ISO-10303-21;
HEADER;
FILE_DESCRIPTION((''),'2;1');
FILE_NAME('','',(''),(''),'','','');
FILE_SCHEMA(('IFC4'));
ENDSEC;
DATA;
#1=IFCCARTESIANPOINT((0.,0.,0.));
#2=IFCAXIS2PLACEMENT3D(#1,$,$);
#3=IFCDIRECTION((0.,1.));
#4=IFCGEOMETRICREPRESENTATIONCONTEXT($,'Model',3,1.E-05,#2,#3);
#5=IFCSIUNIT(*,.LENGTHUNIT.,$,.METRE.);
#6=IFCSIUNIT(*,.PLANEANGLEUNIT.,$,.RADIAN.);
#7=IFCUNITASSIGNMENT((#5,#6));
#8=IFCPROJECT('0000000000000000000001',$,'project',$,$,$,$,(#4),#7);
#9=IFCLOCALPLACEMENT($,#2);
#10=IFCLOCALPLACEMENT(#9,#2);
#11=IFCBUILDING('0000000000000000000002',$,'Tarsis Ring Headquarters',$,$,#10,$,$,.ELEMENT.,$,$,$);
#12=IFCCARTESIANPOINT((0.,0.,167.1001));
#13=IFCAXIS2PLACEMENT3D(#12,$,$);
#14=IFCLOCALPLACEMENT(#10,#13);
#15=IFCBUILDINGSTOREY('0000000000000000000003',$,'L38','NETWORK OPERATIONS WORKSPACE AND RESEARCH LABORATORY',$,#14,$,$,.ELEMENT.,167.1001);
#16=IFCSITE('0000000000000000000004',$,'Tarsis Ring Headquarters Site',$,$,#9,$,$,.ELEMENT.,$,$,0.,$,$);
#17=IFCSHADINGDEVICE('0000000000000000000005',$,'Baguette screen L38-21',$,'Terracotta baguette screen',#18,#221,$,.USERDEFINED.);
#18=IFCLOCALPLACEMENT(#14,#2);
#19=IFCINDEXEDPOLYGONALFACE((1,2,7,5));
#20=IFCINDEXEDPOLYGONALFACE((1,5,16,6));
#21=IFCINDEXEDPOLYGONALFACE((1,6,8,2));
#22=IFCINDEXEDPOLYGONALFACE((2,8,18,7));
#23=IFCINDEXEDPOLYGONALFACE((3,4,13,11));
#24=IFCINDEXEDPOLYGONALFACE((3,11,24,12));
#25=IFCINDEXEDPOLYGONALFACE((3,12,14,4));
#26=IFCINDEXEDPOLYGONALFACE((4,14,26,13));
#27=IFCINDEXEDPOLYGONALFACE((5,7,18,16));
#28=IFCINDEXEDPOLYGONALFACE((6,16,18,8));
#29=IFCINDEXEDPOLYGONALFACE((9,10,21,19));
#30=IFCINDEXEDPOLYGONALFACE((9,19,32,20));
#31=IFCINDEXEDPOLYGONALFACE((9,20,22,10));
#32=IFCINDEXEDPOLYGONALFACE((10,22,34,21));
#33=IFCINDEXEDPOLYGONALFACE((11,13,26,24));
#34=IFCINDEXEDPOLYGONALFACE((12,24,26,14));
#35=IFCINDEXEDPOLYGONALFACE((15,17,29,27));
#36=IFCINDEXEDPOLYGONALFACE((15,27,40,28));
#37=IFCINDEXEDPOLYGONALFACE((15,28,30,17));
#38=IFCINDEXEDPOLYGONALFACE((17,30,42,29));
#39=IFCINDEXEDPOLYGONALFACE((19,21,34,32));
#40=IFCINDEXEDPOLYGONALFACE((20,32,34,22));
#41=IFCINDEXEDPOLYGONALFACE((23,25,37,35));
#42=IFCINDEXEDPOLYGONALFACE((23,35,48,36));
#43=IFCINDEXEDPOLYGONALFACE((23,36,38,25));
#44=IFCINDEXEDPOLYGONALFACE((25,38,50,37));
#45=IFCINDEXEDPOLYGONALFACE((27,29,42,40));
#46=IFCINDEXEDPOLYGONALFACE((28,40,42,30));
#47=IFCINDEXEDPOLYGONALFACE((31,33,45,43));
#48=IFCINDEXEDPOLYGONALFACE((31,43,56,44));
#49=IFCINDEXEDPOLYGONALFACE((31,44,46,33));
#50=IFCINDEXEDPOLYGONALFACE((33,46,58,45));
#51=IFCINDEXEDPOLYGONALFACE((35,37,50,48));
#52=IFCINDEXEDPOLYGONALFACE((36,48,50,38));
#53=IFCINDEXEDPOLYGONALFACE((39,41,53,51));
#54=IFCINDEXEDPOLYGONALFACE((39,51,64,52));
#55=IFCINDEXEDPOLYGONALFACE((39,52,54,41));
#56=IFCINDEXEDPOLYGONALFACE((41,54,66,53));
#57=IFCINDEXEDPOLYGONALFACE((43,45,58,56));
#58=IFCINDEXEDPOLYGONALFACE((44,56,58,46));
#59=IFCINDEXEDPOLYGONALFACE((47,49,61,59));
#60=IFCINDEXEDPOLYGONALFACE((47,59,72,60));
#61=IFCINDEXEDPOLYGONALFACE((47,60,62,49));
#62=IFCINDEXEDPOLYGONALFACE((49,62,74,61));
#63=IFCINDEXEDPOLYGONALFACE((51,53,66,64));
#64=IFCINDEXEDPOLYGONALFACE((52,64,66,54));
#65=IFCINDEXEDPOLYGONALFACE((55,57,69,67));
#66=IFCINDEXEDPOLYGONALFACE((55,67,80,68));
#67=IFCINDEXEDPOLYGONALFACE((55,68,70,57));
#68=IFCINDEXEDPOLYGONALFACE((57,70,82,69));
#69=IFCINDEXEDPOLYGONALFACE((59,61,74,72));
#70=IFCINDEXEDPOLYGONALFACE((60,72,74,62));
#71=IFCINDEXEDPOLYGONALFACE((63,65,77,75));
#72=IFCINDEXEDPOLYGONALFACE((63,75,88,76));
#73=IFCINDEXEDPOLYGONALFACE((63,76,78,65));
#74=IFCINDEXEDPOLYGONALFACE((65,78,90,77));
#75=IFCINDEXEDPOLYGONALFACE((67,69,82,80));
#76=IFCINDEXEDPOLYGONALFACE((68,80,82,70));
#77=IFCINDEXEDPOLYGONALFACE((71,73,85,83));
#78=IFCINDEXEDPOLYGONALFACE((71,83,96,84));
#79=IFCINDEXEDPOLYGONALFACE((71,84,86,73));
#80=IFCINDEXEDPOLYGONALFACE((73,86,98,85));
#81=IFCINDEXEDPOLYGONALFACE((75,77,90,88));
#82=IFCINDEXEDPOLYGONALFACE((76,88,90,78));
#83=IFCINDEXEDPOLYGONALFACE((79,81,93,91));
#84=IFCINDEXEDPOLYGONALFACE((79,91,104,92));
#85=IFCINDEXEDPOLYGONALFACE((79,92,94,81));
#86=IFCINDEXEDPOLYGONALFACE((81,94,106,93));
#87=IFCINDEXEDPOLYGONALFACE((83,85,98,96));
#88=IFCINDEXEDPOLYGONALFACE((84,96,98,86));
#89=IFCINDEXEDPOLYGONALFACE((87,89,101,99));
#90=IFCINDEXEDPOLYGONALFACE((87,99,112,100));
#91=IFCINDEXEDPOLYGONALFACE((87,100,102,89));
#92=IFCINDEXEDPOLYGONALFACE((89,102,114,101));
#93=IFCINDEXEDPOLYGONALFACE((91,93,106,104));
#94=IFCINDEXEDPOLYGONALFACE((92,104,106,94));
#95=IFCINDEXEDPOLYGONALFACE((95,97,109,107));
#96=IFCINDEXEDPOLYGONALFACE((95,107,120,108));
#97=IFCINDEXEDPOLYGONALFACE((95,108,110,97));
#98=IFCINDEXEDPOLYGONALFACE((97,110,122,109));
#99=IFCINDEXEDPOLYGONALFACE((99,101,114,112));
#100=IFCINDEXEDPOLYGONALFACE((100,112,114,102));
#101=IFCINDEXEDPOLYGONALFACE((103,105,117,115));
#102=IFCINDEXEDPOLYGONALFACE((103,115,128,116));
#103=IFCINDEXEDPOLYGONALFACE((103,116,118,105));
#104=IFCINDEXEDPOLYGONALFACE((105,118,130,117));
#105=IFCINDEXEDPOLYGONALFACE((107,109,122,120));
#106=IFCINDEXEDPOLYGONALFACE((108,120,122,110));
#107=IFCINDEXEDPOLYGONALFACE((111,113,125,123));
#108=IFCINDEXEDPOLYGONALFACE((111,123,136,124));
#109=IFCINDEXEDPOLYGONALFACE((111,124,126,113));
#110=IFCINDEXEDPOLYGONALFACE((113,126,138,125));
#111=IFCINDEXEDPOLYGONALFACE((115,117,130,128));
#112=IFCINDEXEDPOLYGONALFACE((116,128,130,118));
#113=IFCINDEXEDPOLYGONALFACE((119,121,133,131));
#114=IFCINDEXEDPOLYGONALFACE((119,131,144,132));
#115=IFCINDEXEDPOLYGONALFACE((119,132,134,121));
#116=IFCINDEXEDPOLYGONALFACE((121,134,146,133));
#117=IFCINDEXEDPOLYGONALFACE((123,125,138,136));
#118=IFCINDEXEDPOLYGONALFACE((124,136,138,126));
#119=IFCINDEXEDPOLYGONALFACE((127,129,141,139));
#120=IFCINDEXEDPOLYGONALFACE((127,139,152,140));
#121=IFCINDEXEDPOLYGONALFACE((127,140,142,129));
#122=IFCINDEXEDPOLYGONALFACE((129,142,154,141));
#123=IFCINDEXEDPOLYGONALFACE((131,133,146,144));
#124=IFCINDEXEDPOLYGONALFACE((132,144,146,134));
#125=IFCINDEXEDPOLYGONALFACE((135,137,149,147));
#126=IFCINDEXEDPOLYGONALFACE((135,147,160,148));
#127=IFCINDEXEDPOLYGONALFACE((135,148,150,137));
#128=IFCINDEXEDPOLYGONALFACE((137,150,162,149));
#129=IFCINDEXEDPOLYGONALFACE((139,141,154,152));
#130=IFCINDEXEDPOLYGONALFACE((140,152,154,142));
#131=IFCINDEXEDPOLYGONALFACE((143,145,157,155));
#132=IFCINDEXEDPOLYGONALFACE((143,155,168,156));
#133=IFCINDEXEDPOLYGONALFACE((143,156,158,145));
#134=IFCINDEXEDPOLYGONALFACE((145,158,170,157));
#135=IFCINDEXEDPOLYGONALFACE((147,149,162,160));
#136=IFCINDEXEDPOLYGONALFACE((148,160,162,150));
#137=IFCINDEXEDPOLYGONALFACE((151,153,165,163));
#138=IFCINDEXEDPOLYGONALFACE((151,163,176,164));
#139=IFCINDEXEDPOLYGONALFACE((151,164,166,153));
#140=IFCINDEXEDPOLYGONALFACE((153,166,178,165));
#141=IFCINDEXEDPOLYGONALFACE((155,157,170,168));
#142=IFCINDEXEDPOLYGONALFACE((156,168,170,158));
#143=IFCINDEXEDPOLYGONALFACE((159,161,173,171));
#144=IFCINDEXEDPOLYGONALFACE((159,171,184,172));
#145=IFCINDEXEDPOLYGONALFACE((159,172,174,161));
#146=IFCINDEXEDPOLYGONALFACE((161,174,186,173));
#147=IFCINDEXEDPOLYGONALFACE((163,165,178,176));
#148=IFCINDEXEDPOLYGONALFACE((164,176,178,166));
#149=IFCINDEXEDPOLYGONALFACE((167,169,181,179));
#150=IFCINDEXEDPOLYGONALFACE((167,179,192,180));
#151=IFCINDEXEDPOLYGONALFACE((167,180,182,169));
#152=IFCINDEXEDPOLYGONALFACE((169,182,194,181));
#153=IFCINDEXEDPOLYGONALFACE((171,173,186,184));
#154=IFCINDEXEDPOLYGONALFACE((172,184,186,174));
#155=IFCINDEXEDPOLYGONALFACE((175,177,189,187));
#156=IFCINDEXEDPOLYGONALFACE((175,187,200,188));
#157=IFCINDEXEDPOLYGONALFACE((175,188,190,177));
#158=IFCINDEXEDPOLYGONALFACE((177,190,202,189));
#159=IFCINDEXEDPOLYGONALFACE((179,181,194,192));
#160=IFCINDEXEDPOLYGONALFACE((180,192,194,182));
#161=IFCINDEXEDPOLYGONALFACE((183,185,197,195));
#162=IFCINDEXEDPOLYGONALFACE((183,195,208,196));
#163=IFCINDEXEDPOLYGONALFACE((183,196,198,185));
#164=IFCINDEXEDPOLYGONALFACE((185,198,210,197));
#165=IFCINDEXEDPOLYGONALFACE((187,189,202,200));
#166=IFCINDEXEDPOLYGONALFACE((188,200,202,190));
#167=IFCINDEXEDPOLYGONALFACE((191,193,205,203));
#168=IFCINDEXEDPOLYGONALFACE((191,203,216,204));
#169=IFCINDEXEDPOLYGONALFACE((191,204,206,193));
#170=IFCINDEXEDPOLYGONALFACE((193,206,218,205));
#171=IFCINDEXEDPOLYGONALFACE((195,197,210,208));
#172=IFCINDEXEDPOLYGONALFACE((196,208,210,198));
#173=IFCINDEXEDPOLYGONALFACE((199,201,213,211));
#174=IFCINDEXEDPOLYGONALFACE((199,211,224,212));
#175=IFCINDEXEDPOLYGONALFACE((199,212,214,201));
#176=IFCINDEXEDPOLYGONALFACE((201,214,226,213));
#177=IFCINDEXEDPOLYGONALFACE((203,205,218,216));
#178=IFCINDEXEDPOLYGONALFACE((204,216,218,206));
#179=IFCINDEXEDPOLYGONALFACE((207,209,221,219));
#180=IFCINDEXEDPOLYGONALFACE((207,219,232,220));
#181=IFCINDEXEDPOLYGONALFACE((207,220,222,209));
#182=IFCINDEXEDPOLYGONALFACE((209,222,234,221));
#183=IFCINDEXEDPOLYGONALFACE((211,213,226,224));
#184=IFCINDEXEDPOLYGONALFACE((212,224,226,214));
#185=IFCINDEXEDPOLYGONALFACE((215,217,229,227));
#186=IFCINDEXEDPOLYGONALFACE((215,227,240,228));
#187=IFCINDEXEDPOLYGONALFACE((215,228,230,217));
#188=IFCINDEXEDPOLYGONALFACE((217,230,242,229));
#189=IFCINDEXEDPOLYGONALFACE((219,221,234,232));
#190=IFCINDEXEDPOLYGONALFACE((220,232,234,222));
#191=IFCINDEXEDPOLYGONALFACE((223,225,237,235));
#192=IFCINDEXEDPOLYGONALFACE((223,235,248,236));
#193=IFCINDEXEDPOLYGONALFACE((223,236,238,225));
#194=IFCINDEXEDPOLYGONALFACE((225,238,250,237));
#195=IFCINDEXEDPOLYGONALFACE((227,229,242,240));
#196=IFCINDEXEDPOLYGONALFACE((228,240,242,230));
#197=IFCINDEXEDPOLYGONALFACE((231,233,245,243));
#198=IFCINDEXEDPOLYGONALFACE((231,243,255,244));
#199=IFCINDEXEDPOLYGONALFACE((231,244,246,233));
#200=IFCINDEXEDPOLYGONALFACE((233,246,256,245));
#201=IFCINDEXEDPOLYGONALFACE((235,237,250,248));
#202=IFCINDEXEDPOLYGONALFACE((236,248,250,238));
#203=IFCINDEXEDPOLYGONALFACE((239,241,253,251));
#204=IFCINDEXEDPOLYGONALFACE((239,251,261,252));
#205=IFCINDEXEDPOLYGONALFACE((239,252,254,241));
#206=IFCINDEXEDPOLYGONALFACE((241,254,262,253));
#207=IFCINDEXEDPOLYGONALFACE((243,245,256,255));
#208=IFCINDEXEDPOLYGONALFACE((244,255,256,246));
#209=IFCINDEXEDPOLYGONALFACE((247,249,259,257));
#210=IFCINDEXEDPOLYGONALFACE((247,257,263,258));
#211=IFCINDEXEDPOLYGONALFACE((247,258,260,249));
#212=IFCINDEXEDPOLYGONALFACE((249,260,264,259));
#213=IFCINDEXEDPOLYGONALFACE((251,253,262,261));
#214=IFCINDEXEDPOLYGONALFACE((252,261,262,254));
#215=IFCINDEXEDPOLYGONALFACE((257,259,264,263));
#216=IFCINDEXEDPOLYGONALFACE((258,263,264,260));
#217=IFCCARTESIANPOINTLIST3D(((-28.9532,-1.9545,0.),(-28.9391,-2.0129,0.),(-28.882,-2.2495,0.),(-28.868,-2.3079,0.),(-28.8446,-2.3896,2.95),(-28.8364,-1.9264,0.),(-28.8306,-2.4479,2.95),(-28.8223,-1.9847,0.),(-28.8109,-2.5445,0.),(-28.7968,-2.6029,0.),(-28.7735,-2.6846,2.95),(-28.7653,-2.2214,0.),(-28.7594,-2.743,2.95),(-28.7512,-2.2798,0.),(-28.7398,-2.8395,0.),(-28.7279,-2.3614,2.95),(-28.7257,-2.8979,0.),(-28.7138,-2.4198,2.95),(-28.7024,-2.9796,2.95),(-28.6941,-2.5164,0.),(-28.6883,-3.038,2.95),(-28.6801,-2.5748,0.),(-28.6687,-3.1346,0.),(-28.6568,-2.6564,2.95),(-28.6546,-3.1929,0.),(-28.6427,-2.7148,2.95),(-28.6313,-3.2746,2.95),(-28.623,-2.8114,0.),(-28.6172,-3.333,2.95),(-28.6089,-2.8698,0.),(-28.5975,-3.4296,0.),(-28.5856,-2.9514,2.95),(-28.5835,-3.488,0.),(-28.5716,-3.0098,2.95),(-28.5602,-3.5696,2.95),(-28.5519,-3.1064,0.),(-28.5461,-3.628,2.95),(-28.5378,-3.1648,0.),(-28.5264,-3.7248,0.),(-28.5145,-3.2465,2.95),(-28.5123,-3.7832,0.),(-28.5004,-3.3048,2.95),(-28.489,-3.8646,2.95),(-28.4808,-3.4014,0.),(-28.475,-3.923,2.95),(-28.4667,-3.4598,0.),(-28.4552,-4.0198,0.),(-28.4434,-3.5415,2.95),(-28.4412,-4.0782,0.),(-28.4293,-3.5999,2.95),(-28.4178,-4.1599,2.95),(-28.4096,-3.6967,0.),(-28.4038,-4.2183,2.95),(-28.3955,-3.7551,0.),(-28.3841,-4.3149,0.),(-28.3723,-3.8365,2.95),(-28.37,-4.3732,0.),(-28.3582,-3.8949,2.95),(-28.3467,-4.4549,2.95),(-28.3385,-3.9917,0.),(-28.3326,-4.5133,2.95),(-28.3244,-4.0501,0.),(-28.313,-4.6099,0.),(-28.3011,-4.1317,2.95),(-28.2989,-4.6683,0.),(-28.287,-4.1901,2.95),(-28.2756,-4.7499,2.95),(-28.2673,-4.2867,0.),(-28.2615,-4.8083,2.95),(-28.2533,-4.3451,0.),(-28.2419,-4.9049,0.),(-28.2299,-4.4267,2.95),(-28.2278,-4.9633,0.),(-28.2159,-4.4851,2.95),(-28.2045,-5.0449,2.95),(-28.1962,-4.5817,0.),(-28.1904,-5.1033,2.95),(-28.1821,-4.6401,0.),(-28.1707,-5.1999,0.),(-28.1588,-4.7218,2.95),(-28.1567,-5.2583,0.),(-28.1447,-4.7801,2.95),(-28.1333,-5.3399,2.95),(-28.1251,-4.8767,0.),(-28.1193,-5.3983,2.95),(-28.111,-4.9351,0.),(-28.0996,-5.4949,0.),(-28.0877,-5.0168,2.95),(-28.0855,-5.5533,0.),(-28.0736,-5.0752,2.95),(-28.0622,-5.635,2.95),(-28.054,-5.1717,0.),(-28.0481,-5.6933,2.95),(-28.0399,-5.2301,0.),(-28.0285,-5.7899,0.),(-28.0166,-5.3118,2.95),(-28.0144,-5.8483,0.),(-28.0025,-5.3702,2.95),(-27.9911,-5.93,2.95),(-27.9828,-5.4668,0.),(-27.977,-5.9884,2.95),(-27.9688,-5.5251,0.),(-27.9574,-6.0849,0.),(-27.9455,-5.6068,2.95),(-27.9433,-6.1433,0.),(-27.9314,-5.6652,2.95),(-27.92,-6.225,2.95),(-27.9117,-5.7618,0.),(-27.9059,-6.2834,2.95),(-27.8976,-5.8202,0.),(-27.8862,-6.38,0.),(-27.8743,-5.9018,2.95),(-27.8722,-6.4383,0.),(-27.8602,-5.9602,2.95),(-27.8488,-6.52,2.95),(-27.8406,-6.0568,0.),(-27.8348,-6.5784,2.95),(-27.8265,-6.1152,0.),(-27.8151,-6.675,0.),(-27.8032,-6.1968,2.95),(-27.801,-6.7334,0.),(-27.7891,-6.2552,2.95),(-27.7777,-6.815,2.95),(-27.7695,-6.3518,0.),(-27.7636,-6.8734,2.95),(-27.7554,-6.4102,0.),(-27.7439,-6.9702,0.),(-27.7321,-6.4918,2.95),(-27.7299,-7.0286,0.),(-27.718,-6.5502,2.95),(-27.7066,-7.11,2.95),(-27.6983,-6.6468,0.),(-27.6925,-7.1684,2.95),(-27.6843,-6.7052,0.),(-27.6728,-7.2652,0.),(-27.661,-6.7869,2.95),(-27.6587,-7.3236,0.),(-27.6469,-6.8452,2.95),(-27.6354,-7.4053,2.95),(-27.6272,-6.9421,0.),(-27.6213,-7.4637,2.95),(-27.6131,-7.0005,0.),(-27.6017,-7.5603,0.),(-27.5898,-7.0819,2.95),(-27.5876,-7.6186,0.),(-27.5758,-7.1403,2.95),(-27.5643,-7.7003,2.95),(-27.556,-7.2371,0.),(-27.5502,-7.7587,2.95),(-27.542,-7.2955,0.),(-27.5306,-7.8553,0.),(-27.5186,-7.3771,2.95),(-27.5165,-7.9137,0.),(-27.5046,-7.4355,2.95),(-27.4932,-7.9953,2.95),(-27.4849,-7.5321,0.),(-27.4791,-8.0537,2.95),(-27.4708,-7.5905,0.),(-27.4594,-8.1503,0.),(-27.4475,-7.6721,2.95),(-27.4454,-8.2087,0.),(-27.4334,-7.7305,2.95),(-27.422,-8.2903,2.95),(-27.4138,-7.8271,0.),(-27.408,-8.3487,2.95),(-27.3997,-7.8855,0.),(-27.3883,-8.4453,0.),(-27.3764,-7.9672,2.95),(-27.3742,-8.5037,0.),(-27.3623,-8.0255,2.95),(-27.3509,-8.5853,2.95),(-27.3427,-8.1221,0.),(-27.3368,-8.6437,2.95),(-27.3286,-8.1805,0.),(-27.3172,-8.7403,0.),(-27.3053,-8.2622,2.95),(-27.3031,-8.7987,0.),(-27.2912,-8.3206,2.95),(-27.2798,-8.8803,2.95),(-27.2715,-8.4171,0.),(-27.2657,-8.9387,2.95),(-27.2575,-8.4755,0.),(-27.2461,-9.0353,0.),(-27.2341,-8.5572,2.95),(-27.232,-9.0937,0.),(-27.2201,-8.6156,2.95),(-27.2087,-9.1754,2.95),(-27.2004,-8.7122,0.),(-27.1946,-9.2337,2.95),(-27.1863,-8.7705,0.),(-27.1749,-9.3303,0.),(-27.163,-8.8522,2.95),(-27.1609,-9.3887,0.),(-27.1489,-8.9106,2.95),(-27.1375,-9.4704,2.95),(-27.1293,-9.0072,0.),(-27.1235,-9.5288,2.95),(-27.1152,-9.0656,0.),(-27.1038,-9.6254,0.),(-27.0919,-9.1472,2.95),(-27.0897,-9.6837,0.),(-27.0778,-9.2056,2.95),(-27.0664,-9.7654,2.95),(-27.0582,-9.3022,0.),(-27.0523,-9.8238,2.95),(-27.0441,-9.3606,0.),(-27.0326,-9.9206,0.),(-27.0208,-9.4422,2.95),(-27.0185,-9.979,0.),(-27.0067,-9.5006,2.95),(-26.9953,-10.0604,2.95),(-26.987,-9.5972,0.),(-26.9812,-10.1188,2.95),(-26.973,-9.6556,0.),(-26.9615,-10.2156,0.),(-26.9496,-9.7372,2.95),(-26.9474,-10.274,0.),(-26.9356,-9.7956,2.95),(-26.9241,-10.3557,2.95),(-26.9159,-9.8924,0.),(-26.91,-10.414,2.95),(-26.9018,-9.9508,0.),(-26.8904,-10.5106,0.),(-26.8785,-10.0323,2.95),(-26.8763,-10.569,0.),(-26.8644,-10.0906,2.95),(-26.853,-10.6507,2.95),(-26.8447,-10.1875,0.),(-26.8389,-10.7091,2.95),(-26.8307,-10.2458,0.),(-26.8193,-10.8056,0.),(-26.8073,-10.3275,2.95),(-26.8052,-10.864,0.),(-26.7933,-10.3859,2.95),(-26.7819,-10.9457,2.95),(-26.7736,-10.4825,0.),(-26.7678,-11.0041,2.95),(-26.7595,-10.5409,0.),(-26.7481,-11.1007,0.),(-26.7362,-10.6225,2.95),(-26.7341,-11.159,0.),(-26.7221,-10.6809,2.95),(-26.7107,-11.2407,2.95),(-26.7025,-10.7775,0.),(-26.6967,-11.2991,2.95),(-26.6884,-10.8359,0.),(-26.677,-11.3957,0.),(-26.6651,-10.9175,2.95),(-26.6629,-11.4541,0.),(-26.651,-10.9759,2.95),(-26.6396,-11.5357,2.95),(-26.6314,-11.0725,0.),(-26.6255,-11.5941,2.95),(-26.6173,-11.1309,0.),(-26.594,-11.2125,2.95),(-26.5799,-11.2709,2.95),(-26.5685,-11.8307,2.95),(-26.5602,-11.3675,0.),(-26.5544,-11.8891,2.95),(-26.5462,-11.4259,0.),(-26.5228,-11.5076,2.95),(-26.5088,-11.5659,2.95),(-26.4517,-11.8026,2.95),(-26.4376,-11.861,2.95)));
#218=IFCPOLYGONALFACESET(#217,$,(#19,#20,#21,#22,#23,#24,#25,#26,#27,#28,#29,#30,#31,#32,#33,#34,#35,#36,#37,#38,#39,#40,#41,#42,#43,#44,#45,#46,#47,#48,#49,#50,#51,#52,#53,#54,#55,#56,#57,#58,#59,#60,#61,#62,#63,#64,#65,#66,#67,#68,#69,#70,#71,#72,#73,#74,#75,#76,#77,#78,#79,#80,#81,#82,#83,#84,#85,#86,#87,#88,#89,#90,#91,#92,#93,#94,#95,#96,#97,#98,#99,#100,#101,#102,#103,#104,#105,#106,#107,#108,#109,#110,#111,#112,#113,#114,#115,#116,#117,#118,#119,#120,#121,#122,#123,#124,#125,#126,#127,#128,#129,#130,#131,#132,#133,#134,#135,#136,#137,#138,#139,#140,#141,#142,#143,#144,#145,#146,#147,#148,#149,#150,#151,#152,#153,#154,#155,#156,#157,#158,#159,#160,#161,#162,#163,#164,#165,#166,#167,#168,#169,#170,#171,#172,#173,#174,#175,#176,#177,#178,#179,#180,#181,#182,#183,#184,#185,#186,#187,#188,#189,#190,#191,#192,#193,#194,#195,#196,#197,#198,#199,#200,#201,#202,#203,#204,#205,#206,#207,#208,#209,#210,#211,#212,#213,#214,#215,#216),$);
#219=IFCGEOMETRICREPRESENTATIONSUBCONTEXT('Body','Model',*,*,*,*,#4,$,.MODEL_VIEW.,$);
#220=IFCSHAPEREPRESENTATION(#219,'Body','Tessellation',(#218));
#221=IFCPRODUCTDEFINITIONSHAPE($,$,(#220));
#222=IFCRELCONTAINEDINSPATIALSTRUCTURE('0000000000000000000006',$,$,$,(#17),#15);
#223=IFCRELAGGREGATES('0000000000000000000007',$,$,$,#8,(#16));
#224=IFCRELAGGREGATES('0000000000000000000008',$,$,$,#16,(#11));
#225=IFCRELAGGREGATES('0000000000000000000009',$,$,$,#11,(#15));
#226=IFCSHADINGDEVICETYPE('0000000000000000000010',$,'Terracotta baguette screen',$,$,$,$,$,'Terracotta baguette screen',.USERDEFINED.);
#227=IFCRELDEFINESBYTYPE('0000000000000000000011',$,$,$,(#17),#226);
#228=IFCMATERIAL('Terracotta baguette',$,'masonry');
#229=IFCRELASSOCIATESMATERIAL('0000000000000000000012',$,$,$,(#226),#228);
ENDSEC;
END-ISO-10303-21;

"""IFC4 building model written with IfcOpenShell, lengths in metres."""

from ifc_helpers import new_model, si_unit, direction, frame, frame_2d, origin, place, context, subcontext, project, spatial, rectangle, composite_profile, extrude, material, type_object, element, save


model = new_model("IFC4")

# Units and contexts
model_context = context("Model", 3, precision=1e-05, world=origin(), true_north=direction((0.0, 1.0)))
body_context = subcontext(model_context, "Body", "Model", "MODEL_VIEW")
ifc_project = project(units=[si_unit("LENGTHUNIT", "METRE"), si_unit("PLANEANGLEUNIT", "RADIAN")], contexts=[model_context])

# Site, building, storey
site_placement = place(None, origin())
site = spatial("IfcSite", under=ifc_project, at=site_placement, Name="Tarsis Ring Headquarters Site", CompositionType="ELEMENT", RefElevation=0.0)
building_placement = place(site_placement, origin())
building = spatial("IfcBuilding", under=site, at=building_placement, Name="Tarsis Ring Headquarters", CompositionType="ELEMENT")
storey_placement = place(building_placement, frame((0.0, 0.0, 167.1001)))
storey = spatial("IfcBuildingStorey", under=building, at=storey_placement, Name="L38", Description="NETWORK OPERATIONS WORKSPACE AND RESEARCH LABORATORY", CompositionType="ELEMENT", Elevation=167.1001)

# Shading device
ifc_material_1 = material(Name="Terracotta baguette", Category="masonry")
shading_device_type = type_object("IfcShadingDeviceType", Name="Terracotta baguette screen", ElementType="Terracotta baguette screen", PredefinedType="USERDEFINED", material=ifc_material_1)
shading_device_1_placement = place(storey_placement, frame((-28.8948, -1.9404, 0.0), z_axis=(0.0, 0.0, 1.0), x_axis=(0.234373, -0.972143, 0.0)))
element("IfcShadingDevice", 1, at=shading_device_1_placement, inside=storey, type_object=shading_device_type, Name="Baguette screen L38-21", ObjectType="Terracotta baguette screen", PredefinedType="USERDEFINED", context=body_context, shape_type="SweptSolid", body=[
    extrude(composite_profile([rectangle(XDim=0.0601, YDim=0.1201, at=frame_2d((0.03, 0.0))), rectangle(XDim=0.0601, YDim=0.1201, at=frame_2d((0.3335, 0.0))), rectangle(XDim=0.0601, YDim=0.1201, at=frame_2d((0.637, 0.0))), rectangle(XDim=0.0601, YDim=0.1201, at=frame_2d((0.9404, 0.0))), rectangle(XDim=0.0601, YDim=0.1201, at=frame_2d((1.2439, 0.0))), rectangle(XDim=0.0601, YDim=0.1201, at=frame_2d((1.5474, 0.0))), rectangle(XDim=0.0601, YDim=0.1201, at=frame_2d((1.8511, 0.0))), rectangle(XDim=0.0601, YDim=0.1201, at=frame_2d((2.1545, 0.0))), rectangle(XDim=0.0601, YDim=0.1201, at=frame_2d((2.458, 0.0))), rectangle(XDim=0.0601, YDim=0.1201, at=frame_2d((2.7615, 0.0))), rectangle(XDim=0.0601, YDim=0.1201, at=frame_2d((3.0649, 0.0))), rectangle(XDim=0.0601, YDim=0.1201, at=frame_2d((3.3684, 0.0))), rectangle(XDim=0.0601, YDim=0.1201, at=frame_2d((3.6719, 0.0))), rectangle(XDim=0.0601, YDim=0.1201, at=frame_2d((3.9753, 0.0))), rectangle(XDim=0.0601, YDim=0.1201, at=frame_2d((4.2788, 0.0))), rectangle(XDim=0.0601, YDim=0.1201, at=frame_2d((4.5823, 0.0))), rectangle(XDim=0.0601, YDim=0.1201, at=frame_2d((4.8857, 0.0))), rectangle(XDim=0.0601, YDim=0.1201, at=frame_2d((5.1895, 0.0))), rectangle(XDim=0.0601, YDim=0.1201, at=frame_2d((5.4929, 0.0))), rectangle(XDim=0.0601, YDim=0.1201, at=frame_2d((5.7964, 0.0))), rectangle(XDim=0.0601, YDim=0.1201, at=frame_2d((6.0999, 0.0))), rectangle(XDim=0.0601, YDim=0.1201, at=frame_2d((6.4033, 0.0))), rectangle(XDim=0.0601, YDim=0.1201, at=frame_2d((6.7068, 0.0))), rectangle(XDim=0.0601, YDim=0.1201, at=frame_2d((7.0103, 0.0))), rectangle(XDim=0.0601, YDim=0.1201, at=frame_2d((7.3137, 0.0))), rectangle(XDim=0.0601, YDim=0.1201, at=frame_2d((7.6172, 0.0))), rectangle(XDim=0.0601, YDim=0.1201, at=frame_2d((7.9207, 0.0))), rectangle(XDim=0.0601, YDim=0.1201, at=frame_2d((8.2244, 0.0))), rectangle(XDim=0.0601, YDim=0.1201, at=frame_2d((8.5278, 0.0))), rectangle(XDim=0.0601, YDim=0.1201, at=frame_2d((8.8313, 0.0))), rectangle(XDim=0.0601, YDim=0.1201, at=frame_2d((9.1348, 0.0))), rectangle(XDim=0.0601, YDim=0.1201, at=frame_2d((9.4382, 0.0))), rectangle(XDim=0.0601, YDim=0.1201, at=frame_2d((9.7417, 0.0)))]), origin(), (0.150264, 0.001181, 0.988645), 2.9839),
])

save(model, "model.ifc")
